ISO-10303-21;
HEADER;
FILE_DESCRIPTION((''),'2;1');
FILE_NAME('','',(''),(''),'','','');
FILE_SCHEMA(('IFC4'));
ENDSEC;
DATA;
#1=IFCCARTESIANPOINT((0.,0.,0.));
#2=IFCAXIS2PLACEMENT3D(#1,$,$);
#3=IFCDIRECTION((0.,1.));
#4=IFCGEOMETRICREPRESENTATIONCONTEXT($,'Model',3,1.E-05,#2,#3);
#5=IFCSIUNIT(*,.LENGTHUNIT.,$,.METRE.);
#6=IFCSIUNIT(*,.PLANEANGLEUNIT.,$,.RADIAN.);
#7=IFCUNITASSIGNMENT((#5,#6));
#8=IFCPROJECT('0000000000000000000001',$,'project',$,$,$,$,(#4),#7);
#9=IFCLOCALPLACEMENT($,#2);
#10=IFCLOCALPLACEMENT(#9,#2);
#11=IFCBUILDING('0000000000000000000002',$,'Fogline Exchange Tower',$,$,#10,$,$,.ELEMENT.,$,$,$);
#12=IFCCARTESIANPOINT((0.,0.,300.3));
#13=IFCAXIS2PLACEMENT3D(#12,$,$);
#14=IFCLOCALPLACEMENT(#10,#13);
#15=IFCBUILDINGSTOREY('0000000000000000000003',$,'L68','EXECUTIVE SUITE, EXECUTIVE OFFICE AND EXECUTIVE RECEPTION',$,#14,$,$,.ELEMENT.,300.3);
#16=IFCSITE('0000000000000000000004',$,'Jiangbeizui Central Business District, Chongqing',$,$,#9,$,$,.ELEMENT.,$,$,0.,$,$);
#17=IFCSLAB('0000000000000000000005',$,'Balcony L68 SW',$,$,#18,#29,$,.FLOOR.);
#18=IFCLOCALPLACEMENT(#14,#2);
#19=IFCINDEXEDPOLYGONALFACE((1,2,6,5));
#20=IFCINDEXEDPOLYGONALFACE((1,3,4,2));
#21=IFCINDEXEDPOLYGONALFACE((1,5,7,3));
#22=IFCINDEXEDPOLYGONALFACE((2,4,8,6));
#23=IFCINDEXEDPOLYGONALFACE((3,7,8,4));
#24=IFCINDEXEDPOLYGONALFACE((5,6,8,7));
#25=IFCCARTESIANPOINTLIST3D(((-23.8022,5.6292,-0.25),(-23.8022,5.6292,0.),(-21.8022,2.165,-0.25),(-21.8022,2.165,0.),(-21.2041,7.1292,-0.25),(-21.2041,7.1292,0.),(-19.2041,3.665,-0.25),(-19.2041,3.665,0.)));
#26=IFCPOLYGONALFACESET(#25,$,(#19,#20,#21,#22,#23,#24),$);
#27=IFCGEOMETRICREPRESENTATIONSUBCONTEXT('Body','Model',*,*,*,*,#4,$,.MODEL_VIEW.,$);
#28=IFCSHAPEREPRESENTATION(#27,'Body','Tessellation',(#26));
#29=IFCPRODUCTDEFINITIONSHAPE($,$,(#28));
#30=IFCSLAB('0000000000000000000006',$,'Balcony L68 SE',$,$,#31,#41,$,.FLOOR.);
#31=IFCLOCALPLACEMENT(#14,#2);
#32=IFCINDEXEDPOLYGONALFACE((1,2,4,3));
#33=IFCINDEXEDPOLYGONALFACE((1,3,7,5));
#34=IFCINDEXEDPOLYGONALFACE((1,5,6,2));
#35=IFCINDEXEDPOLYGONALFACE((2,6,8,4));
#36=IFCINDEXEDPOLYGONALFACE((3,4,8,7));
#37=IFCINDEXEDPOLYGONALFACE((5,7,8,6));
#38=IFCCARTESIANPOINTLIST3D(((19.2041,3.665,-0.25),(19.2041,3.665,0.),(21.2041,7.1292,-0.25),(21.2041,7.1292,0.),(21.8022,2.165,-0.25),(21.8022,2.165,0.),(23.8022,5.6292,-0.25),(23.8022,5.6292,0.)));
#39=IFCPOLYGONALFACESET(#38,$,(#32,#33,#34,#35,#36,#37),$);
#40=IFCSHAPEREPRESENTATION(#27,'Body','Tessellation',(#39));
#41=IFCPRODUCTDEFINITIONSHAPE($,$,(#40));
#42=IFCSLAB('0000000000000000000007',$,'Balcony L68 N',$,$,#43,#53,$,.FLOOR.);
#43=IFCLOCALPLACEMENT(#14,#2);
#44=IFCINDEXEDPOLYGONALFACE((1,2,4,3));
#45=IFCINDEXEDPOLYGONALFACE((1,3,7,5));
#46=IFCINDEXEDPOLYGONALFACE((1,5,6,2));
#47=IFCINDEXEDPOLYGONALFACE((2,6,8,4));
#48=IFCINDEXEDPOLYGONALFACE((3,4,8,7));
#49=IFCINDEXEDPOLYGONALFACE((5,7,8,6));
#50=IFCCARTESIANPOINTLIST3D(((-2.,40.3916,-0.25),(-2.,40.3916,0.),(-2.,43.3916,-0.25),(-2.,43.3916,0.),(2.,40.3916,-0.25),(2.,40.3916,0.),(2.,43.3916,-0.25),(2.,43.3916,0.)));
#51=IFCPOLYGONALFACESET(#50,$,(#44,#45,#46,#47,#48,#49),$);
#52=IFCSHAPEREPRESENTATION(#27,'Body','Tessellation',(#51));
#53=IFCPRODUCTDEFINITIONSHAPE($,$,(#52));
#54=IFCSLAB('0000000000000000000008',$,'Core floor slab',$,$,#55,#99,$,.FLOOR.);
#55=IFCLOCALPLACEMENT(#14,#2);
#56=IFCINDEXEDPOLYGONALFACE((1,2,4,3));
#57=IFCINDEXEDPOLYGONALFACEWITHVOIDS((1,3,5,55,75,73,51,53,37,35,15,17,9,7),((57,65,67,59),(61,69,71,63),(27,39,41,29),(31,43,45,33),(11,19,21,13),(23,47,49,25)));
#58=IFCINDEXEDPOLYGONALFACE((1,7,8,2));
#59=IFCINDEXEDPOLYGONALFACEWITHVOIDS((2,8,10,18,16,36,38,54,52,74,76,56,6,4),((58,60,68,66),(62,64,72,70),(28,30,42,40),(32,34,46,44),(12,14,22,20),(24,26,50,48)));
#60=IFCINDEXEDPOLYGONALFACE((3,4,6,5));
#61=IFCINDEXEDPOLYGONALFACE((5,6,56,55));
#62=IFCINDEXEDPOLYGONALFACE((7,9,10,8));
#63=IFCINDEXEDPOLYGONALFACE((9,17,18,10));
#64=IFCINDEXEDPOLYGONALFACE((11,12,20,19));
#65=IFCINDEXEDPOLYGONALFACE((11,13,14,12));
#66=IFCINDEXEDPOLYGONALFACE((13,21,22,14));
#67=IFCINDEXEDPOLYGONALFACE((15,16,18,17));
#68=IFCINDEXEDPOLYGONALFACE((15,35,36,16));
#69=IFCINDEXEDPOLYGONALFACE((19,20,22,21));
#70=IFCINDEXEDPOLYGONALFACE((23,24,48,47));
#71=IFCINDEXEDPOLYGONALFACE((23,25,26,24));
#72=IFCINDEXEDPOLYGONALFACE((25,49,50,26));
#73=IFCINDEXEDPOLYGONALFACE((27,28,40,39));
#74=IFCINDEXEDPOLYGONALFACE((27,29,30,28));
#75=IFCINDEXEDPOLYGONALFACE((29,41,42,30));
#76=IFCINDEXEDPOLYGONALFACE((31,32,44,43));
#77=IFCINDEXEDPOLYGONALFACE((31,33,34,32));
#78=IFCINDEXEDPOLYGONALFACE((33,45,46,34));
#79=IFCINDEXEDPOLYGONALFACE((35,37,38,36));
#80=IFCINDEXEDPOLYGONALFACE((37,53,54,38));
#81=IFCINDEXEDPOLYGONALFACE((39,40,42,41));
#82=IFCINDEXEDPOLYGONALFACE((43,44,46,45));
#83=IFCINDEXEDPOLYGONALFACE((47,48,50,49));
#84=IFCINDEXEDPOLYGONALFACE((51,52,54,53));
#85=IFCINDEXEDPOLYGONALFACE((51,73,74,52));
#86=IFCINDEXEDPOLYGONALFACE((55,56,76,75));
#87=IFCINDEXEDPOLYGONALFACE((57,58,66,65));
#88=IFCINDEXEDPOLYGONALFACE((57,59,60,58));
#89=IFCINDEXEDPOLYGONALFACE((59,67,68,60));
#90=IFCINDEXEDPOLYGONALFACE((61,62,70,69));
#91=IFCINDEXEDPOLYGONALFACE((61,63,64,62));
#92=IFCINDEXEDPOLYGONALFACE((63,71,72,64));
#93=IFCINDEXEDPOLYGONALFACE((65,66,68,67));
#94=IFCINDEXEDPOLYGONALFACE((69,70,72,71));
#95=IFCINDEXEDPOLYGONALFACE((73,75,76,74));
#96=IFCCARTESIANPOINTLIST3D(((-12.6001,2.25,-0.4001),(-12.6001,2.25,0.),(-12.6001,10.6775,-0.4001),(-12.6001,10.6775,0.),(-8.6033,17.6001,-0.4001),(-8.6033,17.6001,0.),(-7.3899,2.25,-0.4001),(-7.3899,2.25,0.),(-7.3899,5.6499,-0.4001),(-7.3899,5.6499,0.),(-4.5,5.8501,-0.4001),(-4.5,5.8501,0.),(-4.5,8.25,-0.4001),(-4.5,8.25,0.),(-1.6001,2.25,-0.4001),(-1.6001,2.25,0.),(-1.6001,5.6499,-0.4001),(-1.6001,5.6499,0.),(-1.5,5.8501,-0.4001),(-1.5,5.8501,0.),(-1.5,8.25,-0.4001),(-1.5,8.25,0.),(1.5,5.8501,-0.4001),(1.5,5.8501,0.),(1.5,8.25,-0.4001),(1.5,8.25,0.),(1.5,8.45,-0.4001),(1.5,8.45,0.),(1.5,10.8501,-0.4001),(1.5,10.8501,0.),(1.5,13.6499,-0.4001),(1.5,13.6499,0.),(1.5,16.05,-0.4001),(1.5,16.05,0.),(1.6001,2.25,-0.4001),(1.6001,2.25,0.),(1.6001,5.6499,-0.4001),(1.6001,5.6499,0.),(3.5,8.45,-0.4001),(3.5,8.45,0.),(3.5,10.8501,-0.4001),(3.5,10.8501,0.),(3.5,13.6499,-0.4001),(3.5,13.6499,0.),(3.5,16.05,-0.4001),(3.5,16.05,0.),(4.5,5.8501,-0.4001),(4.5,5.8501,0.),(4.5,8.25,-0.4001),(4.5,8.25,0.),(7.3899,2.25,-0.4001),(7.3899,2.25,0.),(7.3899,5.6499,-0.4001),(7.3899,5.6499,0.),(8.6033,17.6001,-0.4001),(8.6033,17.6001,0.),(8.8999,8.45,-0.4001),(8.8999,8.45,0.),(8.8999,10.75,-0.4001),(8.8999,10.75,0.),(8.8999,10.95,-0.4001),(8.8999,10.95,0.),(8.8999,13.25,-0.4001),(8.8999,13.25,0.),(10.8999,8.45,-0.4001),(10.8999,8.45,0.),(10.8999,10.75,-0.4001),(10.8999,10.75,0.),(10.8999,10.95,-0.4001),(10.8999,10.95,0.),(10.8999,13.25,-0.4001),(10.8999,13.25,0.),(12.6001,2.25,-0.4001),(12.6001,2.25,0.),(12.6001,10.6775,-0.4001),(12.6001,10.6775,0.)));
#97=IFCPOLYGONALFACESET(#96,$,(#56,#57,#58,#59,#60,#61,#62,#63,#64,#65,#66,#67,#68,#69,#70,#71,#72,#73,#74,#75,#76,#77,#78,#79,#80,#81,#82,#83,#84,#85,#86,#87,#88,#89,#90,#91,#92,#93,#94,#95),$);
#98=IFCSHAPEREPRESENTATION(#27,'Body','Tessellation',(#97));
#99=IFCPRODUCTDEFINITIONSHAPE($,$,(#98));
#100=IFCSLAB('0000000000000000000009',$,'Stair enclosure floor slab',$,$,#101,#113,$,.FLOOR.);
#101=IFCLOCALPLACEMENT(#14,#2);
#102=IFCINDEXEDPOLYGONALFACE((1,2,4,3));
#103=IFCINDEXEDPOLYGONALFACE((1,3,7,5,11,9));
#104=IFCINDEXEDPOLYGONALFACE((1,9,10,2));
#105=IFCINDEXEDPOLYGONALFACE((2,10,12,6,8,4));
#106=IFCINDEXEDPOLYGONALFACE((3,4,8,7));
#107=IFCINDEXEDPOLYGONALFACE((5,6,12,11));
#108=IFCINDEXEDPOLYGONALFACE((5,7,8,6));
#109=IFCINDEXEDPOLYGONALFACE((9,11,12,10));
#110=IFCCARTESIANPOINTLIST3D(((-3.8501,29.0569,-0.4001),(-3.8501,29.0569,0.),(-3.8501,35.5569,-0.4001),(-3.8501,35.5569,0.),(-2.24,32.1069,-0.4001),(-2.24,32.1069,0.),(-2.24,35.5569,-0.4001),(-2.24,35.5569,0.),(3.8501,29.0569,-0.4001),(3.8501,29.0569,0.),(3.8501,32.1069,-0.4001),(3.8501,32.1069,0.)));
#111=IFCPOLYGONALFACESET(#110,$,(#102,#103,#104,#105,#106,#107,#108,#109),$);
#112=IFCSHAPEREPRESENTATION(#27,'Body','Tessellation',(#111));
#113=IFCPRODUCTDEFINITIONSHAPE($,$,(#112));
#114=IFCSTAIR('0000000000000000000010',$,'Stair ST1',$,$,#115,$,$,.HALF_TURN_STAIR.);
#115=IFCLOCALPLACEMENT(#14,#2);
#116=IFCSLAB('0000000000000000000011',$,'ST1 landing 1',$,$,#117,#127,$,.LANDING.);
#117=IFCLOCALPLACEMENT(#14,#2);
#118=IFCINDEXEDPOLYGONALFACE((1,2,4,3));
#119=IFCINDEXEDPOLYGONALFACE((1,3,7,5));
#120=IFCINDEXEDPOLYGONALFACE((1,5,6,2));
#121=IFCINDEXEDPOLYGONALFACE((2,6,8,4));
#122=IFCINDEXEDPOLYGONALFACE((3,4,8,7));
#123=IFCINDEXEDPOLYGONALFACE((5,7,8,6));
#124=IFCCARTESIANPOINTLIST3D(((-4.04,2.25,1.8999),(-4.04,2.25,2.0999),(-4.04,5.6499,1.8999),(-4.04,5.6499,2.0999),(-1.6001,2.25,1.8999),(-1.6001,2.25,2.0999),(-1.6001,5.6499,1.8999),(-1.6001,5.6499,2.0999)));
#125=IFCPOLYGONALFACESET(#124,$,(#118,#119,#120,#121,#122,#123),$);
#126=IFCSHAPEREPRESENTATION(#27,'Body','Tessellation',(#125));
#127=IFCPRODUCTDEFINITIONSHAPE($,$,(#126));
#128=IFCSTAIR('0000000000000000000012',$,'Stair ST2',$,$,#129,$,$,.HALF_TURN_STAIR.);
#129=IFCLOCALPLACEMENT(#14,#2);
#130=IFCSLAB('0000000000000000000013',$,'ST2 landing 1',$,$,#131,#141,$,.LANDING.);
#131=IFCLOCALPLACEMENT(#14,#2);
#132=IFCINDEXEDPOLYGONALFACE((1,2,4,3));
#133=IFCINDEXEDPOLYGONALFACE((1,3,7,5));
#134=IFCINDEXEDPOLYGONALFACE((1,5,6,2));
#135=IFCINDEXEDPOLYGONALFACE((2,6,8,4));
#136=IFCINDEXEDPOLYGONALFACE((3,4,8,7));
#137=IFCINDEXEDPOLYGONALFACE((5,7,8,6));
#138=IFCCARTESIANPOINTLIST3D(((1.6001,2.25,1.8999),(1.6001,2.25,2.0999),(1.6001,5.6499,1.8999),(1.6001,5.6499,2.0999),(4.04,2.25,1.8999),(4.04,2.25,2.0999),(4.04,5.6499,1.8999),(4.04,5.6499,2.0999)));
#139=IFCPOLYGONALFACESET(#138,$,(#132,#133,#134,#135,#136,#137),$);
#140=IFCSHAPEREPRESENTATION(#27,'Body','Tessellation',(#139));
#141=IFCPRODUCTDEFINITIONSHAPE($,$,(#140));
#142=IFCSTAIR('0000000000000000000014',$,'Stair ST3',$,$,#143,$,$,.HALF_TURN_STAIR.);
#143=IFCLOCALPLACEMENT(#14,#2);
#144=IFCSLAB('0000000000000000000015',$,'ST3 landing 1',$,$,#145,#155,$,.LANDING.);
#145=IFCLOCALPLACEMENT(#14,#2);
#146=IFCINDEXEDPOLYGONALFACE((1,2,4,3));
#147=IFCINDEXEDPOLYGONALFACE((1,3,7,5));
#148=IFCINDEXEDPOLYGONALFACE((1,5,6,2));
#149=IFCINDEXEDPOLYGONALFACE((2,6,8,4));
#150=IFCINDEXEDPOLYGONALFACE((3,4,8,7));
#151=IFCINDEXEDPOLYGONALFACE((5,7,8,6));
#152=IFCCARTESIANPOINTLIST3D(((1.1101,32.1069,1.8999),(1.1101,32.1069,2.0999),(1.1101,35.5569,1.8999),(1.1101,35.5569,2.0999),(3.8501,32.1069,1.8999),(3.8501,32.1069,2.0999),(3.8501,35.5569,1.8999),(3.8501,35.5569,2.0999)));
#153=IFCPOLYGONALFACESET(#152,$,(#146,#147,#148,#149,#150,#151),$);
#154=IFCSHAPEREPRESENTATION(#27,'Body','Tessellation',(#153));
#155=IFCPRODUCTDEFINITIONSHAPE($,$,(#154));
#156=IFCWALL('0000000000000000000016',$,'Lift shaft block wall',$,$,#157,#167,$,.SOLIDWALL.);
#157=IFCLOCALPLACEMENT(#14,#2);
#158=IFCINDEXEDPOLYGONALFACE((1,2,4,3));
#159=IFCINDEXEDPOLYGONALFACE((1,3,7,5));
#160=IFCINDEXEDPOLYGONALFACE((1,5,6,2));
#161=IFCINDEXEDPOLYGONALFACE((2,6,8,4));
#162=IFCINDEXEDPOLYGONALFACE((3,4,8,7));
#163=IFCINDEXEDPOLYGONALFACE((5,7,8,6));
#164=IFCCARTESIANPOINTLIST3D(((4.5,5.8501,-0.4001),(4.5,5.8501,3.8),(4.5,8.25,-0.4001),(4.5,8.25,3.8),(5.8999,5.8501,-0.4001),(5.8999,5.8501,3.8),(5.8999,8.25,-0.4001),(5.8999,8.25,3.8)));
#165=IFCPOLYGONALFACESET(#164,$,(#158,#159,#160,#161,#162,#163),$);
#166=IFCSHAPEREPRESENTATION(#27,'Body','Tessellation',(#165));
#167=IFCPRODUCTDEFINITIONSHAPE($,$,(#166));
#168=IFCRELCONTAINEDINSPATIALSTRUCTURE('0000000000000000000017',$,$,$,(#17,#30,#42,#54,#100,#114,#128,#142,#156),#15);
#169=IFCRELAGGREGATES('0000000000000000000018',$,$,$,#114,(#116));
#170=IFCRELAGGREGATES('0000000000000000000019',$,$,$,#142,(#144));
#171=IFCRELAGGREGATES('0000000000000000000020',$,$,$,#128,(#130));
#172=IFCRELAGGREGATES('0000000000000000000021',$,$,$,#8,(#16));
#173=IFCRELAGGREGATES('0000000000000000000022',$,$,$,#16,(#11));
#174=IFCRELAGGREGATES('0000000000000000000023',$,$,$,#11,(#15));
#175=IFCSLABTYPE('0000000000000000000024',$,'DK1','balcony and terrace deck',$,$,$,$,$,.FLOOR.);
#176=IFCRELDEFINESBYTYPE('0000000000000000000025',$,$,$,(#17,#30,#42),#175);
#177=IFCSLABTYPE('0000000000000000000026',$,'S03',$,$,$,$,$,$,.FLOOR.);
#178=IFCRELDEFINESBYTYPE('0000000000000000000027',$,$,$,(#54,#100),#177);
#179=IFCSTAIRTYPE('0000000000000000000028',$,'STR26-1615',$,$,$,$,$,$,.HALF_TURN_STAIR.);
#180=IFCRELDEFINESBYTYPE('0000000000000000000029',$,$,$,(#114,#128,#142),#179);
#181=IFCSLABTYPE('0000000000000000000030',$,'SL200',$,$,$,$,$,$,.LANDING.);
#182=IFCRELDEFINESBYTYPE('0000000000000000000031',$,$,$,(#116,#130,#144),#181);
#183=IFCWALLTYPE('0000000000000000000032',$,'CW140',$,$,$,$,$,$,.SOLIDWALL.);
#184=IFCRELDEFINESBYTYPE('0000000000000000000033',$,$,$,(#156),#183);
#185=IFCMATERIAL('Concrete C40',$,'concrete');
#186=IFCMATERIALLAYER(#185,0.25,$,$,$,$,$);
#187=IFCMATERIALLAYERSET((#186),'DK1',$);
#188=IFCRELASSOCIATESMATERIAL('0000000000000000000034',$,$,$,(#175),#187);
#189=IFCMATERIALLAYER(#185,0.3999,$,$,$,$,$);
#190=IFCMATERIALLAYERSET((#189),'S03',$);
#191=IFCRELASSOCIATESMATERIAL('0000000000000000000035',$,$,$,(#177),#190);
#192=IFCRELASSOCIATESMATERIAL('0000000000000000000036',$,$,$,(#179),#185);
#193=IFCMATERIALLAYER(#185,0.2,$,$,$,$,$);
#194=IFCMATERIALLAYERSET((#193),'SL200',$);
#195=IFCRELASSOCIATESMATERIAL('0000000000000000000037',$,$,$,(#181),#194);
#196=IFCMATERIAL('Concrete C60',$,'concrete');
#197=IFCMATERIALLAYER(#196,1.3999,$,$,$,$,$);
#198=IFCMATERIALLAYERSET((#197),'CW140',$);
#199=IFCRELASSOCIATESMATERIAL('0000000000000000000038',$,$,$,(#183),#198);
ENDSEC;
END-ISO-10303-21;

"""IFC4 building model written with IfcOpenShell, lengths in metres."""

from ifc_helpers import new_model, si_unit, direction, frame, frame_2d, origin, place, context, subcontext, project, spatial, polyline, rectangle, outline, extrude, material, layer, layer_set, type_object, element, aggregate, save


model = new_model("IFC4")

# Units and contexts
model_context = context("Model", 3, precision=1e-05, world=origin(), true_north=direction((0.0, 1.0)))
body_context = subcontext(model_context, "Body", "Model", "MODEL_VIEW")
ifc_project = project(units=[si_unit("LENGTHUNIT", "METRE"), si_unit("PLANEANGLEUNIT", "RADIAN")], contexts=[model_context])

# Site, building, storey
site_placement = place(None, origin())
site = spatial("IfcSite", under=ifc_project, at=site_placement, Name="Jiangbeizui Central Business District, Chongqing", CompositionType="ELEMENT", RefElevation=0.0)
building_placement = place(site_placement, origin())
building = spatial("IfcBuilding", under=site, at=building_placement, Name="Fogline Exchange Tower", CompositionType="ELEMENT")
storey_placement = place(building_placement, frame((0.0, 0.0, 300.3)))
storey = spatial("IfcBuildingStorey", under=building, at=storey_placement, Name="L68", Description="EXECUTIVE SUITE, EXECUTIVE OFFICE AND EXECUTIVE RECEPTION", CompositionType="ELEMENT", Elevation=300.3)

# Slabs
ifc_material_1 = material(Name="Concrete C40", Category="concrete")
ifc_layer_1 = layer(ifc_material_1, 0.25)
ifc_layer_set_1 = layer_set([ifc_layer_1], Name="DK1")
slab_type_1 = type_object("IfcSlabType", Name="DK1", Description="balcony and terrace deck", PredefinedType="FLOOR", material=ifc_layer_set_1)
slab_1_placement = place(storey_placement, frame((0.0, 0.0, -0.25)))
element("IfcSlab", 1, at=slab_1_placement, inside=storey, type_object=slab_type_1, Name="Balcony L68 SW", PredefinedType="FLOOR", context=body_context, shape_type="SweptSolid", body=[
    extrude(outline(polyline([(-23.8022, 5.6292), (-21.8022, 2.165), (-19.2041, 3.665), (-21.2041, 7.1292), (-23.8022, 5.6292)])), origin(), (0.0, 0.0, 1.0), 0.25),
])
slab_2_placement = place(storey_placement, frame((0.0, 0.0, -0.25)))
element("IfcSlab", 2, at=slab_2_placement, inside=storey, type_object=slab_type_1, Name="Balcony L68 SE", PredefinedType="FLOOR", context=body_context, shape_type="SweptSolid", body=[
    extrude(outline(polyline([(21.8022, 2.165), (23.8022, 5.6292), (21.2041, 7.1292), (19.2041, 3.665), (21.8022, 2.165)])), origin(), (0.0, 0.0, 1.0), 0.25),
])
slab_3_placement = place(storey_placement, frame((0.0, 0.0, -0.25)))
element("IfcSlab", 3, at=slab_3_placement, inside=storey, type_object=slab_type_1, Name="Balcony L68 N", PredefinedType="FLOOR", context=body_context, shape_type="SweptSolid", body=[
    extrude(outline(polyline([(2.0, 43.3916), (-2.0, 43.3916), (-2.0, 40.3916), (2.0, 40.3916), (2.0, 43.3916)])), origin(), (0.0, 0.0, 1.0), 0.25),
])
ifc_layer_2 = layer(ifc_material_1, 0.3999)
ifc_layer_set_2 = layer_set([ifc_layer_2], Name="S03")
slab_type_2 = type_object("IfcSlabType", Name="S03", PredefinedType="FLOOR", material=ifc_layer_set_2)
slab_4_placement = place(storey_placement, frame((0.0, 0.0, -0.4001)))
element("IfcSlab", 4, at=slab_4_placement, inside=storey, type_object=slab_type_2, Name="Core floor slab", PredefinedType="FLOOR", context=body_context, shape_type="SweptSolid", body=[
    extrude(outline(polyline([(-12.6001, 2.25), (-12.6001, 10.6775), (-8.6033, 17.6001), (8.6033, 17.6001), (12.6001, 10.6775), (12.6001, 2.25), (7.3899, 2.25), (7.3899, 5.6499), (1.6001, 5.6499), (1.6001, 2.25), (-1.6001, 2.25), (-1.6001, 5.6499), (-7.3899, 5.6499), (-7.3899, 2.25), (-12.6001, 2.25)]), holes=[polyline([(-4.5, 8.25), (-4.5, 5.8501), (-1.5, 5.8501), (-1.5, 8.25), (-4.5, 8.25)]), polyline([(1.5, 8.25), (1.5, 5.8501), (4.5, 5.8501), (4.5, 8.25), (1.5, 8.25)]), polyline([(8.8999, 10.75), (8.8999, 8.45), (10.8999, 8.45), (10.8999, 10.75), (8.8999, 10.75)]), polyline([(1.5, 10.8501), (1.5, 8.45), (3.5, 8.45), (3.5, 10.8501), (1.5, 10.8501)]), polyline([(8.8999, 13.25), (8.8999, 10.95), (10.8999, 10.95), (10.8999, 13.25), (8.8999, 13.25)]), polyline([(1.5, 16.05), (1.5, 13.6499), (3.5, 13.6499), (3.5, 16.05), (1.5, 16.05)])]), origin(), (0.0, 0.0, 1.0), 0.4001),
])
slab_5_placement = place(storey_placement, frame((0.0, 0.0, -0.4001)))
element("IfcSlab", 5, at=slab_5_placement, inside=storey, type_object=slab_type_2, Name="Stair enclosure floor slab", PredefinedType="FLOOR", context=body_context, shape_type="SweptSolid", body=[
    extrude(outline(polyline([(3.8501, 29.0569), (-3.8501, 29.0569), (-3.8501, 35.5569), (-2.24, 35.5569), (-2.24, 32.1069), (3.8501, 32.1069), (3.8501, 29.0569)])), origin(), (0.0, 0.0, 1.0), 0.4001),
])

# Stairs, slabs
stair_type = type_object("IfcStairType", Name="STR26-1615", PredefinedType="HALF_TURN_STAIR", material=ifc_material_1)
stair_1_placement = place(storey_placement, origin())
stair_1 = element("IfcStair", 6, at=stair_1_placement, inside=storey, type_object=stair_type, Name="Stair ST1", PredefinedType="HALF_TURN_STAIR")
ifc_layer_3 = layer(ifc_material_1, 0.2)
ifc_layer_set_3 = layer_set([ifc_layer_3], Name="SL200")
slab_type_3 = type_object("IfcSlabType", Name="SL200", PredefinedType="LANDING", material=ifc_layer_set_3)
slab_6_placement = place(storey_placement, frame((0.0, 0.0, 1.8999)))
slab_6 = element("IfcSlab", 7, at=slab_6_placement, type_object=slab_type_3, Name="ST1 landing 1", PredefinedType="LANDING", context=body_context, shape_type="SweptSolid", body=[
    extrude(outline(polyline([(-4.04, 2.25), (-1.6001, 2.25), (-1.6001, 5.6499), (-4.04, 5.6499), (-4.04, 2.25)])), origin(), (0.0, 0.0, 1.0), 0.2),
])
aggregate(stair_1, [slab_6])
stair_2_placement = place(storey_placement, origin())
stair_2 = element("IfcStair", 8, at=stair_2_placement, inside=storey, type_object=stair_type, Name="Stair ST2", PredefinedType="HALF_TURN_STAIR")
slab_7_placement = place(storey_placement, frame((0.0, 0.0, 1.8999)))
slab_7 = element("IfcSlab", 9, at=slab_7_placement, type_object=slab_type_3, Name="ST2 landing 1", PredefinedType="LANDING", context=body_context, shape_type="SweptSolid", body=[
    extrude(outline(polyline([(1.6001, 2.25), (4.04, 2.25), (4.04, 5.6499), (1.6001, 5.6499), (1.6001, 2.25)])), origin(), (0.0, 0.0, 1.0), 0.2),
])
stair_3_placement = place(storey_placement, origin())
stair_3 = element("IfcStair", 10, at=stair_3_placement, inside=storey, type_object=stair_type, Name="Stair ST3", PredefinedType="HALF_TURN_STAIR")
slab_8_placement = place(storey_placement, frame((0.0, 0.0, 1.8999)))
slab_8 = element("IfcSlab", 11, at=slab_8_placement, type_object=slab_type_3, Name="ST3 landing 1", PredefinedType="LANDING", context=body_context, shape_type="SweptSolid", body=[
    extrude(outline(polyline([(1.1101, 32.1069), (3.8501, 32.1069), (3.8501, 35.5569), (1.1101, 35.5569), (1.1101, 32.1069)])), origin(), (0.0, 0.0, 1.0), 0.2),
])
aggregate(stair_3, [slab_8])

# Wall
ifc_material_2 = material(Name="Concrete C60", Category="concrete")
ifc_layer_4 = layer(ifc_material_2, 1.3999)
ifc_layer_set_4 = layer_set([ifc_layer_4], Name="CW140")
wall_type_1 = type_object("IfcWallType", Name="CW140", PredefinedType="SOLIDWALL", material=ifc_layer_set_4)
wall_1_placement = place(storey_placement, frame((5.2, 5.8501, -0.4001), z_axis=(0.0, 0.0, 1.0), x_axis=(0.0, 1.0, 0.0)))
element("IfcWall", 12, at=wall_1_placement, inside=storey, type_object=wall_type_1, Name="Lift shaft block wall", PredefinedType="SOLIDWALL", context=body_context, shape_type="SweptSolid", body=[
    extrude(rectangle(XDim=2.3999, YDim=1.3999, at=frame_2d((1.2, 0.0))), origin(), (0.0, 0.0, 1.0), 4.2002),
])

aggregate(stair_2, [slab_7])

save(model, "model.ifc")
